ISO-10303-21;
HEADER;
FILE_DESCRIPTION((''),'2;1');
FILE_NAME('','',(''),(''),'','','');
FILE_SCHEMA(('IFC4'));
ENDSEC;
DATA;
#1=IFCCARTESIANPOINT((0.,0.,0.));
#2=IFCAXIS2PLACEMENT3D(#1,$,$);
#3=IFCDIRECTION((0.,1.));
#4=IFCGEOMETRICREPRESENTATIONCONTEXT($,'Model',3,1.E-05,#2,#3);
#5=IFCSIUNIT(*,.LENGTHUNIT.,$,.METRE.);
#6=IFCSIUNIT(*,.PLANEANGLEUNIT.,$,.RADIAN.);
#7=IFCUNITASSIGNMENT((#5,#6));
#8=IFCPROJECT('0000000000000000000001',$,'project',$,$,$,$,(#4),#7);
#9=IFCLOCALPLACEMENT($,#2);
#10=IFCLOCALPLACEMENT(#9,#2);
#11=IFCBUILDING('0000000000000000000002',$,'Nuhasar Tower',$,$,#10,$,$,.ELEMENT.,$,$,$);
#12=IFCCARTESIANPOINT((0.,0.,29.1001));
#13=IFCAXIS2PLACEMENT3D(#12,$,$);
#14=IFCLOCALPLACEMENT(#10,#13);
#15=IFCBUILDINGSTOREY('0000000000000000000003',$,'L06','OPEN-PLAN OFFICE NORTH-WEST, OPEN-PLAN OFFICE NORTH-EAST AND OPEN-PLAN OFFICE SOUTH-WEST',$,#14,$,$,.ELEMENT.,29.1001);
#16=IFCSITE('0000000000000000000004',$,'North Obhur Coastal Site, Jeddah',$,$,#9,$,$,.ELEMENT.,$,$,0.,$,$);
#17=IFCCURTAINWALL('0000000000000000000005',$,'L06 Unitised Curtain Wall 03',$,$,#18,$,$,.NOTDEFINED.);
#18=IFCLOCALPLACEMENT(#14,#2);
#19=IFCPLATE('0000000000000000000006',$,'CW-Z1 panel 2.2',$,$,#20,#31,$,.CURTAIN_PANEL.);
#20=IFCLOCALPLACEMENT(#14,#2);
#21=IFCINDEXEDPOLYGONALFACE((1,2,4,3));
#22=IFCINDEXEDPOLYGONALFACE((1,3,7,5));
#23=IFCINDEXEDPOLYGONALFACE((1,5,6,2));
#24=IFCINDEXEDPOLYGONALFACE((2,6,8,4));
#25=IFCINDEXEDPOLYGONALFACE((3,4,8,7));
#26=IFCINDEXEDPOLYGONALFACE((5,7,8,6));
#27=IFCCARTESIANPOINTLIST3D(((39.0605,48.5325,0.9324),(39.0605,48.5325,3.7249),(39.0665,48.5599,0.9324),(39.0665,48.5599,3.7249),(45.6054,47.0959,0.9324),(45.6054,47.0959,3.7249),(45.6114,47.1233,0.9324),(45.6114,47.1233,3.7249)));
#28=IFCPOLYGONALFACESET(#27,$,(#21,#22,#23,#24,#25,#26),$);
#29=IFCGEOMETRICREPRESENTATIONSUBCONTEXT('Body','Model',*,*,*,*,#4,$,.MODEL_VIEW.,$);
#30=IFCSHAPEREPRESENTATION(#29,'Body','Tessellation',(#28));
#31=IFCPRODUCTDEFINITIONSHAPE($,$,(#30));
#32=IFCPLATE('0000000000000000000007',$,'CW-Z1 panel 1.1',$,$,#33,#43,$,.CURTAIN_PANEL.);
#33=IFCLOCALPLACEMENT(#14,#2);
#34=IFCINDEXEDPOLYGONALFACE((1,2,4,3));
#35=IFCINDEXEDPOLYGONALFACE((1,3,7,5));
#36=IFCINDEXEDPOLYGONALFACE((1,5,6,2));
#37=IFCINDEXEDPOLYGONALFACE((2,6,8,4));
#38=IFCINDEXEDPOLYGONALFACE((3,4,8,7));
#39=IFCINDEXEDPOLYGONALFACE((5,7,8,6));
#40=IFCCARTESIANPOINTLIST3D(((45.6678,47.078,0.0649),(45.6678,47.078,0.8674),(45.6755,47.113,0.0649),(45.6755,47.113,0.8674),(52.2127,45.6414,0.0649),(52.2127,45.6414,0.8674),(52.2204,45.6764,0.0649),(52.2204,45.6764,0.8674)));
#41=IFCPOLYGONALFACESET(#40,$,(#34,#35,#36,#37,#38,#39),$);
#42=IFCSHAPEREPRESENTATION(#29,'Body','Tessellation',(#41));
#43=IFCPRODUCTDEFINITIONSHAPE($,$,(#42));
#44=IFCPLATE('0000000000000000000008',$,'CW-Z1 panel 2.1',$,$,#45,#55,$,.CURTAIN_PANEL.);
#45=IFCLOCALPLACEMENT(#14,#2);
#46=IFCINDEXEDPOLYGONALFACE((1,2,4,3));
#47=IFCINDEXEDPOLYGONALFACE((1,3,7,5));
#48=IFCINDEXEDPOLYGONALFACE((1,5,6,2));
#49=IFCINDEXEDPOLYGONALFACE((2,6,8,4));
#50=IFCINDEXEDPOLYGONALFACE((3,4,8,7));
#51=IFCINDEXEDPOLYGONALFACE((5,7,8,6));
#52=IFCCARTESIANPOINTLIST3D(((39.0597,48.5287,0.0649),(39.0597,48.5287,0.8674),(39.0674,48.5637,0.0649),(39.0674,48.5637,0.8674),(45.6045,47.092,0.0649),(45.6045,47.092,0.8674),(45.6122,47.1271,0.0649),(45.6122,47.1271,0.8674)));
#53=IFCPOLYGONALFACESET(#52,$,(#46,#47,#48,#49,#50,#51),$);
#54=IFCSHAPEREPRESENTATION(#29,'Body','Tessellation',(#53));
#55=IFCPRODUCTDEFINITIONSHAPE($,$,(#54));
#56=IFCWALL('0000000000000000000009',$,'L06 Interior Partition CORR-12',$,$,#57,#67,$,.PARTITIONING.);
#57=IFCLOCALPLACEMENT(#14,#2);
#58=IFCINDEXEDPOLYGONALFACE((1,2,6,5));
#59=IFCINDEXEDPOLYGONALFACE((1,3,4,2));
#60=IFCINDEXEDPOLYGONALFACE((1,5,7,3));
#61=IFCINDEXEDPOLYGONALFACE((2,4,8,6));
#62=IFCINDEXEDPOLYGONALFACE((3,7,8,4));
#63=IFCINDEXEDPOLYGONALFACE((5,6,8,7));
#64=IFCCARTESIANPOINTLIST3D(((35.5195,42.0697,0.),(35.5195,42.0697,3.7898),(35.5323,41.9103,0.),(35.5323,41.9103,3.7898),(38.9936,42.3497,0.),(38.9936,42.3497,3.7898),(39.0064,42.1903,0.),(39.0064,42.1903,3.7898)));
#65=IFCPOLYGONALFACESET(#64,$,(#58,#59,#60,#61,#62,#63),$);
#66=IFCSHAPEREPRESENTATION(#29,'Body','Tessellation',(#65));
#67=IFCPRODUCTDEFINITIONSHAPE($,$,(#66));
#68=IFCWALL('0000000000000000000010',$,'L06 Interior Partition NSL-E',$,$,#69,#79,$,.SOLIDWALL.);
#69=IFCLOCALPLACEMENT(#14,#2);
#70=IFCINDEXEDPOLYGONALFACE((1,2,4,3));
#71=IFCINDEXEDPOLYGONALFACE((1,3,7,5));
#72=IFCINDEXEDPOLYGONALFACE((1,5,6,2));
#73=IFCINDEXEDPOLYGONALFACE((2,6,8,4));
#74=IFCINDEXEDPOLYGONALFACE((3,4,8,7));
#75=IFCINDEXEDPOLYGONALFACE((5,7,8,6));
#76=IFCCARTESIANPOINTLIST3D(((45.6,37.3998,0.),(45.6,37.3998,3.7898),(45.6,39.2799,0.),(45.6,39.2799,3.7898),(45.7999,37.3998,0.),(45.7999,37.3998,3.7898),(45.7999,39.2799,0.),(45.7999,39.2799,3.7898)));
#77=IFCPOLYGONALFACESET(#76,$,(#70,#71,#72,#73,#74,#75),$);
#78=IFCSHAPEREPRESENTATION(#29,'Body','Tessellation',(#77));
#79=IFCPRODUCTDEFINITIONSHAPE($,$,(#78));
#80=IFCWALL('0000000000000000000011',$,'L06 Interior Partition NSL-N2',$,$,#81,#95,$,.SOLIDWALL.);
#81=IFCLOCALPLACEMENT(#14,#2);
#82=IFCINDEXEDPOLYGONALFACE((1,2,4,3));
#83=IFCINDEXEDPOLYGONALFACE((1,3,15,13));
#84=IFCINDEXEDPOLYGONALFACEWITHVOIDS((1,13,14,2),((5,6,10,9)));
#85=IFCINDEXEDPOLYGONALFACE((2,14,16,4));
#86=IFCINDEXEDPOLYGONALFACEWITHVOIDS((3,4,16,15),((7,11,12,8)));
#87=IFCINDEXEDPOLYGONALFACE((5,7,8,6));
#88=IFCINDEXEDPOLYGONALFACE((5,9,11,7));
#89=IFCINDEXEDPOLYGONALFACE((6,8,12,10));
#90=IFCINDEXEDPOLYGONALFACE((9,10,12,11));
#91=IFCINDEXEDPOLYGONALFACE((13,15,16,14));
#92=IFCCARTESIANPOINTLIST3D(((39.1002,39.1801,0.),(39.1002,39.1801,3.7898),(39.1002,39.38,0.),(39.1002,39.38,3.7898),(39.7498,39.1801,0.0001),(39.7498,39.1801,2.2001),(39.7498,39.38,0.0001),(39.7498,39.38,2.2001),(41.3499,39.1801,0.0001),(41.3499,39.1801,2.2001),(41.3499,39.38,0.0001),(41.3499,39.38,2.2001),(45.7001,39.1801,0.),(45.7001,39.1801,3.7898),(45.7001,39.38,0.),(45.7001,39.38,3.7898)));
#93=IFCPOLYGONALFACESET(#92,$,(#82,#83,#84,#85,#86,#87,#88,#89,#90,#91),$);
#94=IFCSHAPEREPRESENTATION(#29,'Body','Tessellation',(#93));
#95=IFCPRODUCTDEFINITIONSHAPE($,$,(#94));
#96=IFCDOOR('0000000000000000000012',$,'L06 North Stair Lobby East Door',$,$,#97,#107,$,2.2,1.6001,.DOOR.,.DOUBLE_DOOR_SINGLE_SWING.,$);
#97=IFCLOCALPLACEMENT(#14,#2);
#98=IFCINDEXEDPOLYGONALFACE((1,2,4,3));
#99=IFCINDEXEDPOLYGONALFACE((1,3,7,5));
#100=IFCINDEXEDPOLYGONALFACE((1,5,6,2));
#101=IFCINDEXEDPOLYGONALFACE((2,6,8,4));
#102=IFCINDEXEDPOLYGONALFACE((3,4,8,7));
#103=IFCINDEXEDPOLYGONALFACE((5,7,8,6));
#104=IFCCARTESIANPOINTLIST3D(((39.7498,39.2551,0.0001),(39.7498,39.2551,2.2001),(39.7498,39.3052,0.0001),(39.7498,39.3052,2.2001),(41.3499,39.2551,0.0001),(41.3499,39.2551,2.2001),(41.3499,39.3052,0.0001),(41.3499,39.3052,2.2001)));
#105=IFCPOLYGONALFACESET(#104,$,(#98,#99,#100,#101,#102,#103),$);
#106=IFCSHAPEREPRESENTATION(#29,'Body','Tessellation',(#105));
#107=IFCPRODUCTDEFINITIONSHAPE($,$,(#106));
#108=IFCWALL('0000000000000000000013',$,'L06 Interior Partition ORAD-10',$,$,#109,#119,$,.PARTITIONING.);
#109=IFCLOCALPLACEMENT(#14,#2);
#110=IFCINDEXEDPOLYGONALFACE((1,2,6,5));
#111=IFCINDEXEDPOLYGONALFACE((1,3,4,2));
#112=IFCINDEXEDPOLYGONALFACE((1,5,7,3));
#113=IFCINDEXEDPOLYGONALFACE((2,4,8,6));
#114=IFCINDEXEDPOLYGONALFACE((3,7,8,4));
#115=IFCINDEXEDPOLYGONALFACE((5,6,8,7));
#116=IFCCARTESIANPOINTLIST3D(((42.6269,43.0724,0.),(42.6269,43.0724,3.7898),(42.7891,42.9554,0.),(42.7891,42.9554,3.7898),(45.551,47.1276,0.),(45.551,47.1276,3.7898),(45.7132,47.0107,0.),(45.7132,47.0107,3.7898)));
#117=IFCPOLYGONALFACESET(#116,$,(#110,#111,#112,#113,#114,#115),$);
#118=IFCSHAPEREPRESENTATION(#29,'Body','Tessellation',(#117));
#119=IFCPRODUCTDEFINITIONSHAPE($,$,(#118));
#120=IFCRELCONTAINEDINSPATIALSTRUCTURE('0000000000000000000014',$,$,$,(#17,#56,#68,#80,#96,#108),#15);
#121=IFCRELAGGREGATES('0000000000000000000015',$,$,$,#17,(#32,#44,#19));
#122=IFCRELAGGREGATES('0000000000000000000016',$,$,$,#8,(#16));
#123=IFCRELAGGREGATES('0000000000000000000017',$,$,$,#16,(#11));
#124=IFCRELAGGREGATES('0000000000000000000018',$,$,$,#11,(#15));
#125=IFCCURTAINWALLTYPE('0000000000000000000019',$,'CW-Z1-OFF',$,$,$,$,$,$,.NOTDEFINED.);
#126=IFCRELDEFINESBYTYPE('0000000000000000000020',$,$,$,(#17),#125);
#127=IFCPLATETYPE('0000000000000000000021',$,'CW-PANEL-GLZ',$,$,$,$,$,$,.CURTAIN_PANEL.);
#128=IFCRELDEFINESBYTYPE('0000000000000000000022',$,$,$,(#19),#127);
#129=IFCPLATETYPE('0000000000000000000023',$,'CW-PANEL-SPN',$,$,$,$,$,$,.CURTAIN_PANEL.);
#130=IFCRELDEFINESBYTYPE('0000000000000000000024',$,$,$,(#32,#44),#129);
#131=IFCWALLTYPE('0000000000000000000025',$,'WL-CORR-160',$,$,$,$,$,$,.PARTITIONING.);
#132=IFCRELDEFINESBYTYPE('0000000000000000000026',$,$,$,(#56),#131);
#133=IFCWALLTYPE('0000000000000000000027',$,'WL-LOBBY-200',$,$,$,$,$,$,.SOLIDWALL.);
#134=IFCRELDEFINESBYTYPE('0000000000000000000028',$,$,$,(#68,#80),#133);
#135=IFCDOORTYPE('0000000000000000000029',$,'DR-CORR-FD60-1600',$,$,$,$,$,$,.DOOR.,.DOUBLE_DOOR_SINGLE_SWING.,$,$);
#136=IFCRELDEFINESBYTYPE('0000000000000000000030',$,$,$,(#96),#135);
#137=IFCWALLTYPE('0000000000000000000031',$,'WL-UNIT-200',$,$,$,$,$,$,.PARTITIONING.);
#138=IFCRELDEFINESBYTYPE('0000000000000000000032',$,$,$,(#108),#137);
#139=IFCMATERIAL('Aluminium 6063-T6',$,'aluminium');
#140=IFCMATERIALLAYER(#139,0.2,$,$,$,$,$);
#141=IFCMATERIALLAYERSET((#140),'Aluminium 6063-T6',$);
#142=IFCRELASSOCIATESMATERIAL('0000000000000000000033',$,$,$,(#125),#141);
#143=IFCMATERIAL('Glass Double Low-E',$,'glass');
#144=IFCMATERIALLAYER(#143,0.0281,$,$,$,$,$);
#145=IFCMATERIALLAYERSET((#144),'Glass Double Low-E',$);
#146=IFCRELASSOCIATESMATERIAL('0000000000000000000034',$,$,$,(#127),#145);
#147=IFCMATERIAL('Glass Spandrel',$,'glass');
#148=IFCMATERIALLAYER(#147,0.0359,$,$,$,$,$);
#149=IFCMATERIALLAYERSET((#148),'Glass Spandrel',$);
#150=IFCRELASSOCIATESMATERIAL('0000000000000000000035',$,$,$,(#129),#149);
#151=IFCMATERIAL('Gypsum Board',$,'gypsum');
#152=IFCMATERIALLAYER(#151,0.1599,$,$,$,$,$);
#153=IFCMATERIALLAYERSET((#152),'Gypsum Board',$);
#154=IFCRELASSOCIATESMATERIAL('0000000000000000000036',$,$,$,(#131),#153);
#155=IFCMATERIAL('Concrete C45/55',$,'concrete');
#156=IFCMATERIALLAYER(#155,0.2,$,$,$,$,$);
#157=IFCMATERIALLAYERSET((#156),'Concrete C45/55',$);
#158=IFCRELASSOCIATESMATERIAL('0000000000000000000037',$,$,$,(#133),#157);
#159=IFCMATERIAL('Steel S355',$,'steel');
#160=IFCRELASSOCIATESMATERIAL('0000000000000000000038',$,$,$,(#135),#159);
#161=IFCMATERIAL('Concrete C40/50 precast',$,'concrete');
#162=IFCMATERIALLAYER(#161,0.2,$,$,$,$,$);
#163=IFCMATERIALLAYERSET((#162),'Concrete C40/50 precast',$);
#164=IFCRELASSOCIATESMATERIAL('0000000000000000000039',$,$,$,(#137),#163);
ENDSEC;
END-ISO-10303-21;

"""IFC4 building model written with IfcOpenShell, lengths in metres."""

from ifc_helpers import new_model, si_unit, direction, frame, frame_2d, origin, origin_2d, place, context, subcontext, project, spatial, rectangle, extrude, material, layer, layer_set, type_object, element, fill, aggregate, save


model = new_model("IFC4")

# Units and contexts
model_context = context("Model", 3, precision=1e-05, world=origin(), true_north=direction((0.0, 1.0)))
body_context = subcontext(model_context, "Body", "Model", "MODEL_VIEW")
ifc_project = project(units=[si_unit("LENGTHUNIT", "METRE"), si_unit("PLANEANGLEUNIT", "RADIAN")], contexts=[model_context])

# Site, building, storey
site_placement = place(None, origin())
site = spatial("IfcSite", under=ifc_project, at=site_placement, Name="North Obhur Coastal Site, Jeddah", CompositionType="ELEMENT", RefElevation=0.0)
building_placement = place(site_placement, origin())
building = spatial("IfcBuilding", under=site, at=building_placement, Name="Nuhasar Tower", CompositionType="ELEMENT")
storey_placement = place(building_placement, frame((0.0, 0.0, 29.1001)))
storey = spatial("IfcBuildingStorey", under=building, at=storey_placement, Name="L06", Description="OPEN-PLAN OFFICE NORTH-WEST, OPEN-PLAN OFFICE NORTH-EAST AND OPEN-PLAN OFFICE SOUTH-WEST", CompositionType="ELEMENT", Elevation=29.1001)

# Shared definitions
ifc_material_1 = material(Name="Steel S355", Category="steel")

# Curtain wall
ifc_material_2 = material(Name="Aluminium 6063-T6", Category="aluminium")
ifc_layer_1 = layer(ifc_material_2, 0.2)
ifc_layer_set_1 = layer_set([ifc_layer_1], Name="Aluminium 6063-T6")
curtain_wall_type = type_object("IfcCurtainWallType", Name="CW-Z1-OFF", PredefinedType="NOTDEFINED", material=ifc_layer_set_1)
curtain_wall_placement = place(storey_placement, origin())
curtain_wall = element("IfcCurtainWall", 1, at=curtain_wall_placement, inside=storey, type_object=curtain_wall_type, Name="L06 Unitised Curtain Wall 03", PredefinedType="NOTDEFINED")

# Plates
ifc_material_3 = material(Name="Glass Double Low-E", Category="glass")
ifc_layer_2 = layer(ifc_material_3, 0.0281)
ifc_layer_set_2 = layer_set([ifc_layer_2], Name="Glass Double Low-E")
plate_type_1 = type_object("IfcPlateType", Name="CW-PANEL-GLZ", PredefinedType="CURTAIN_PANEL", material=ifc_layer_set_2)
plate_1_placement = place(storey_placement, frame((42.3359, 47.8279, 0.9324), z_axis=(0.0, 0.0, 1.0), x_axis=(-0.976746, 0.214399, 0.0)))
plate_1 = element("IfcPlate", 2, at=plate_1_placement, type_object=plate_type_1, Name="CW-Z1 panel 2.2", PredefinedType="CURTAIN_PANEL", context=body_context, shape_type="SweptSolid", body=[
    extrude(rectangle(XDim=6.7007, YDim=0.0281, at=origin_2d()), origin(), (0.0, 0.0, 1.0), 2.7925),
])
ifc_material_4 = material(Name="Glass Spandrel", Category="glass")
ifc_layer_3 = layer(ifc_material_4, 0.0359)
ifc_layer_set_3 = layer_set([ifc_layer_3], Name="Glass Spandrel")
plate_type_2 = type_object("IfcPlateType", Name="CW-PANEL-SPN", PredefinedType="CURTAIN_PANEL", material=ifc_layer_set_3)
plate_2_placement = place(storey_placement, frame((48.9441, 46.3772, 0.0649), z_axis=(0.0, 0.0, 1.0), x_axis=(-0.976746, 0.214399, 0.0)))
plate_2 = element("IfcPlate", 3, at=plate_2_placement, type_object=plate_type_2, Name="CW-Z1 panel 1.1", PredefinedType="CURTAIN_PANEL", context=body_context, shape_type="SweptSolid", body=[
    extrude(rectangle(XDim=6.7007, YDim=0.0359, at=origin_2d()), origin(), (0.0, 0.0, 1.0), 0.8025),
])
plate_3_placement = place(storey_placement, frame((42.3359, 47.8279, 0.0649), z_axis=(0.0, 0.0, 1.0), x_axis=(-0.976746, 0.214399, 0.0)))
plate_3 = element("IfcPlate", 4, at=plate_3_placement, type_object=plate_type_2, Name="CW-Z1 panel 2.1", PredefinedType="CURTAIN_PANEL", context=body_context, shape_type="SweptSolid", body=[
    extrude(rectangle(XDim=6.7007, YDim=0.0359, at=origin_2d()), origin(), (0.0, 0.0, 1.0), 0.8025),
])
aggregate(curtain_wall, [plate_2, plate_3, plate_1])

# Shared definitions
ifc_material_5 = material(Name="Gypsum Board", Category="gypsum")
ifc_layer_4 = layer(ifc_material_5, 0.1599)
ifc_layer_set_4 = layer_set([ifc_layer_4], Name="Gypsum Board")
wall_type_1 = type_object("IfcWallType", Name="WL-CORR-160", PredefinedType="PARTITIONING", material=ifc_layer_set_4)

# Walls
wall_1_placement = place(storey_placement, frame((39.0, 42.27, 0.0), z_axis=(0.0, 0.0, 1.0), x_axis=(-0.996767, -0.080344, 0.0)))
element("IfcWall", 5, at=wall_1_placement, inside=storey, type_object=wall_type_1, Name="L06 Interior Partition CORR-12", PredefinedType="PARTITIONING", context=body_context, shape_type="SweptSolid", body=[
    extrude(rectangle(XDim=3.4854, YDim=0.1599, at=frame_2d((1.7427, 0.0))), origin(), (0.0, 0.0, 1.0), 3.7898),
])
ifc_material_6 = material(Name="Concrete C45/55", Category="concrete")
ifc_layer_5 = layer(ifc_material_6, 0.2)
ifc_layer_set_5 = layer_set([ifc_layer_5], Name="Concrete C45/55")
wall_type_2 = type_object("IfcWallType", Name="WL-LOBBY-200", PredefinedType="SOLIDWALL", material=ifc_layer_set_5)
wall_2_placement = place(storey_placement, frame((45.7, 37.3999, 0.0), z_axis=(0.0, 0.0, 1.0), x_axis=(0.0, 1.0, 0.0)))
element("IfcWall", 6, at=wall_2_placement, inside=storey, type_object=wall_type_2, Name="L06 Interior Partition NSL-E", PredefinedType="SOLIDWALL", context=body_context, shape_type="SweptSolid", body=[
    extrude(rectangle(XDim=1.8801, YDim=0.2, at=frame_2d((0.9399, 0.0))), origin(), (0.0, 0.0, 1.0), 3.7898),
])

# Wall, opening, door
wall_3_placement = place(storey_placement, frame((45.7, 39.28, 0.0), z_axis=(0.0, 0.0, 1.0), x_axis=(-1.0, 0.0, 0.0)))
wall_3 = element("IfcWall", 7, at=wall_3_placement, inside=storey, type_object=wall_type_2, Name="L06 Interior Partition NSL-N2", PredefinedType="SOLIDWALL", context=body_context, shape_type="SweptSolid", body=[
    extrude(rectangle(XDim=6.5999, YDim=0.2, at=frame_2d((3.2998, 0.0))), origin(), (0.0, 0.0, 1.0), 3.7898),
])
opening_1_placement = place(wall_3_placement, frame((4.3501, 0.0, 0.0)))
opening_1 = element("IfcOpeningElement", 8, at=opening_1_placement, cuts=wall_3, PredefinedType="OPENING", context=body_context, shape_type="SweptSolid", body=[
    extrude(rectangle(XDim=1.6001, YDim=2.2, at=frame_2d((0.8, 1.1001))), frame((0.0, 0.1099, 0.0), z_axis=(0.0, -1.0, 0.0), x_axis=(1.0, 0.0, 0.0)), (0.0, 0.0, 1.0), 0.22),
])
door_type_1 = type_object("IfcDoorType", Name="DR-CORR-FD60-1600", OperationType="DOUBLE_DOOR_SINGLE_SWING", PredefinedType="DOOR", material=ifc_material_1)
door_1_placement = place(opening_1_placement, origin())
door_1 = element("IfcDoor", 9, at=door_1_placement, inside=storey, type_object=door_type_1, Name="L06 North Stair Lobby East Door", OperationType="DOUBLE_DOOR_SINGLE_SWING", OverallHeight=2.2, OverallWidth=1.6001, PredefinedType="DOOR", context=body_context, shape_type="SweptSolid", body=[
    extrude(rectangle(XDim=1.6001, YDim=2.2, at=frame_2d((0.8, 1.1001))), frame((0.0, 0.0249, 0.0), z_axis=(0.0, -1.0, 0.0), x_axis=(1.0, 0.0, 0.0)), (0.0, 0.0, 1.0), 0.05),
])
fill(opening_1, door_1)

# Wall
ifc_material_7 = material(Name="Concrete C40/50 precast", Category="concrete")
ifc_layer_6 = layer(ifc_material_7, 0.2)
ifc_layer_set_6 = layer_set([ifc_layer_6], Name="Concrete C40/50 precast")
wall_type_3 = type_object("IfcWallType", Name="WL-UNIT-200", PredefinedType="PARTITIONING", material=ifc_layer_set_6)
wall_4_placement = place(storey_placement, frame((42.708, 43.0139, 0.0), z_axis=(0.0, 0.0, 1.0), x_axis=(0.584877, 0.811122, 0.0)))
element("IfcWall", 10, at=wall_4_placement, inside=storey, type_object=wall_type_3, Name="L06 Interior Partition ORAD-10", PredefinedType="PARTITIONING", context=body_context, shape_type="SweptSolid", body=[
    extrude(rectangle(XDim=4.9995, YDim=0.2, at=frame_2d((2.4998, 0.0))), origin(), (0.0, 0.0, 1.0), 3.7898),
])

save(model, "model.ifc")
